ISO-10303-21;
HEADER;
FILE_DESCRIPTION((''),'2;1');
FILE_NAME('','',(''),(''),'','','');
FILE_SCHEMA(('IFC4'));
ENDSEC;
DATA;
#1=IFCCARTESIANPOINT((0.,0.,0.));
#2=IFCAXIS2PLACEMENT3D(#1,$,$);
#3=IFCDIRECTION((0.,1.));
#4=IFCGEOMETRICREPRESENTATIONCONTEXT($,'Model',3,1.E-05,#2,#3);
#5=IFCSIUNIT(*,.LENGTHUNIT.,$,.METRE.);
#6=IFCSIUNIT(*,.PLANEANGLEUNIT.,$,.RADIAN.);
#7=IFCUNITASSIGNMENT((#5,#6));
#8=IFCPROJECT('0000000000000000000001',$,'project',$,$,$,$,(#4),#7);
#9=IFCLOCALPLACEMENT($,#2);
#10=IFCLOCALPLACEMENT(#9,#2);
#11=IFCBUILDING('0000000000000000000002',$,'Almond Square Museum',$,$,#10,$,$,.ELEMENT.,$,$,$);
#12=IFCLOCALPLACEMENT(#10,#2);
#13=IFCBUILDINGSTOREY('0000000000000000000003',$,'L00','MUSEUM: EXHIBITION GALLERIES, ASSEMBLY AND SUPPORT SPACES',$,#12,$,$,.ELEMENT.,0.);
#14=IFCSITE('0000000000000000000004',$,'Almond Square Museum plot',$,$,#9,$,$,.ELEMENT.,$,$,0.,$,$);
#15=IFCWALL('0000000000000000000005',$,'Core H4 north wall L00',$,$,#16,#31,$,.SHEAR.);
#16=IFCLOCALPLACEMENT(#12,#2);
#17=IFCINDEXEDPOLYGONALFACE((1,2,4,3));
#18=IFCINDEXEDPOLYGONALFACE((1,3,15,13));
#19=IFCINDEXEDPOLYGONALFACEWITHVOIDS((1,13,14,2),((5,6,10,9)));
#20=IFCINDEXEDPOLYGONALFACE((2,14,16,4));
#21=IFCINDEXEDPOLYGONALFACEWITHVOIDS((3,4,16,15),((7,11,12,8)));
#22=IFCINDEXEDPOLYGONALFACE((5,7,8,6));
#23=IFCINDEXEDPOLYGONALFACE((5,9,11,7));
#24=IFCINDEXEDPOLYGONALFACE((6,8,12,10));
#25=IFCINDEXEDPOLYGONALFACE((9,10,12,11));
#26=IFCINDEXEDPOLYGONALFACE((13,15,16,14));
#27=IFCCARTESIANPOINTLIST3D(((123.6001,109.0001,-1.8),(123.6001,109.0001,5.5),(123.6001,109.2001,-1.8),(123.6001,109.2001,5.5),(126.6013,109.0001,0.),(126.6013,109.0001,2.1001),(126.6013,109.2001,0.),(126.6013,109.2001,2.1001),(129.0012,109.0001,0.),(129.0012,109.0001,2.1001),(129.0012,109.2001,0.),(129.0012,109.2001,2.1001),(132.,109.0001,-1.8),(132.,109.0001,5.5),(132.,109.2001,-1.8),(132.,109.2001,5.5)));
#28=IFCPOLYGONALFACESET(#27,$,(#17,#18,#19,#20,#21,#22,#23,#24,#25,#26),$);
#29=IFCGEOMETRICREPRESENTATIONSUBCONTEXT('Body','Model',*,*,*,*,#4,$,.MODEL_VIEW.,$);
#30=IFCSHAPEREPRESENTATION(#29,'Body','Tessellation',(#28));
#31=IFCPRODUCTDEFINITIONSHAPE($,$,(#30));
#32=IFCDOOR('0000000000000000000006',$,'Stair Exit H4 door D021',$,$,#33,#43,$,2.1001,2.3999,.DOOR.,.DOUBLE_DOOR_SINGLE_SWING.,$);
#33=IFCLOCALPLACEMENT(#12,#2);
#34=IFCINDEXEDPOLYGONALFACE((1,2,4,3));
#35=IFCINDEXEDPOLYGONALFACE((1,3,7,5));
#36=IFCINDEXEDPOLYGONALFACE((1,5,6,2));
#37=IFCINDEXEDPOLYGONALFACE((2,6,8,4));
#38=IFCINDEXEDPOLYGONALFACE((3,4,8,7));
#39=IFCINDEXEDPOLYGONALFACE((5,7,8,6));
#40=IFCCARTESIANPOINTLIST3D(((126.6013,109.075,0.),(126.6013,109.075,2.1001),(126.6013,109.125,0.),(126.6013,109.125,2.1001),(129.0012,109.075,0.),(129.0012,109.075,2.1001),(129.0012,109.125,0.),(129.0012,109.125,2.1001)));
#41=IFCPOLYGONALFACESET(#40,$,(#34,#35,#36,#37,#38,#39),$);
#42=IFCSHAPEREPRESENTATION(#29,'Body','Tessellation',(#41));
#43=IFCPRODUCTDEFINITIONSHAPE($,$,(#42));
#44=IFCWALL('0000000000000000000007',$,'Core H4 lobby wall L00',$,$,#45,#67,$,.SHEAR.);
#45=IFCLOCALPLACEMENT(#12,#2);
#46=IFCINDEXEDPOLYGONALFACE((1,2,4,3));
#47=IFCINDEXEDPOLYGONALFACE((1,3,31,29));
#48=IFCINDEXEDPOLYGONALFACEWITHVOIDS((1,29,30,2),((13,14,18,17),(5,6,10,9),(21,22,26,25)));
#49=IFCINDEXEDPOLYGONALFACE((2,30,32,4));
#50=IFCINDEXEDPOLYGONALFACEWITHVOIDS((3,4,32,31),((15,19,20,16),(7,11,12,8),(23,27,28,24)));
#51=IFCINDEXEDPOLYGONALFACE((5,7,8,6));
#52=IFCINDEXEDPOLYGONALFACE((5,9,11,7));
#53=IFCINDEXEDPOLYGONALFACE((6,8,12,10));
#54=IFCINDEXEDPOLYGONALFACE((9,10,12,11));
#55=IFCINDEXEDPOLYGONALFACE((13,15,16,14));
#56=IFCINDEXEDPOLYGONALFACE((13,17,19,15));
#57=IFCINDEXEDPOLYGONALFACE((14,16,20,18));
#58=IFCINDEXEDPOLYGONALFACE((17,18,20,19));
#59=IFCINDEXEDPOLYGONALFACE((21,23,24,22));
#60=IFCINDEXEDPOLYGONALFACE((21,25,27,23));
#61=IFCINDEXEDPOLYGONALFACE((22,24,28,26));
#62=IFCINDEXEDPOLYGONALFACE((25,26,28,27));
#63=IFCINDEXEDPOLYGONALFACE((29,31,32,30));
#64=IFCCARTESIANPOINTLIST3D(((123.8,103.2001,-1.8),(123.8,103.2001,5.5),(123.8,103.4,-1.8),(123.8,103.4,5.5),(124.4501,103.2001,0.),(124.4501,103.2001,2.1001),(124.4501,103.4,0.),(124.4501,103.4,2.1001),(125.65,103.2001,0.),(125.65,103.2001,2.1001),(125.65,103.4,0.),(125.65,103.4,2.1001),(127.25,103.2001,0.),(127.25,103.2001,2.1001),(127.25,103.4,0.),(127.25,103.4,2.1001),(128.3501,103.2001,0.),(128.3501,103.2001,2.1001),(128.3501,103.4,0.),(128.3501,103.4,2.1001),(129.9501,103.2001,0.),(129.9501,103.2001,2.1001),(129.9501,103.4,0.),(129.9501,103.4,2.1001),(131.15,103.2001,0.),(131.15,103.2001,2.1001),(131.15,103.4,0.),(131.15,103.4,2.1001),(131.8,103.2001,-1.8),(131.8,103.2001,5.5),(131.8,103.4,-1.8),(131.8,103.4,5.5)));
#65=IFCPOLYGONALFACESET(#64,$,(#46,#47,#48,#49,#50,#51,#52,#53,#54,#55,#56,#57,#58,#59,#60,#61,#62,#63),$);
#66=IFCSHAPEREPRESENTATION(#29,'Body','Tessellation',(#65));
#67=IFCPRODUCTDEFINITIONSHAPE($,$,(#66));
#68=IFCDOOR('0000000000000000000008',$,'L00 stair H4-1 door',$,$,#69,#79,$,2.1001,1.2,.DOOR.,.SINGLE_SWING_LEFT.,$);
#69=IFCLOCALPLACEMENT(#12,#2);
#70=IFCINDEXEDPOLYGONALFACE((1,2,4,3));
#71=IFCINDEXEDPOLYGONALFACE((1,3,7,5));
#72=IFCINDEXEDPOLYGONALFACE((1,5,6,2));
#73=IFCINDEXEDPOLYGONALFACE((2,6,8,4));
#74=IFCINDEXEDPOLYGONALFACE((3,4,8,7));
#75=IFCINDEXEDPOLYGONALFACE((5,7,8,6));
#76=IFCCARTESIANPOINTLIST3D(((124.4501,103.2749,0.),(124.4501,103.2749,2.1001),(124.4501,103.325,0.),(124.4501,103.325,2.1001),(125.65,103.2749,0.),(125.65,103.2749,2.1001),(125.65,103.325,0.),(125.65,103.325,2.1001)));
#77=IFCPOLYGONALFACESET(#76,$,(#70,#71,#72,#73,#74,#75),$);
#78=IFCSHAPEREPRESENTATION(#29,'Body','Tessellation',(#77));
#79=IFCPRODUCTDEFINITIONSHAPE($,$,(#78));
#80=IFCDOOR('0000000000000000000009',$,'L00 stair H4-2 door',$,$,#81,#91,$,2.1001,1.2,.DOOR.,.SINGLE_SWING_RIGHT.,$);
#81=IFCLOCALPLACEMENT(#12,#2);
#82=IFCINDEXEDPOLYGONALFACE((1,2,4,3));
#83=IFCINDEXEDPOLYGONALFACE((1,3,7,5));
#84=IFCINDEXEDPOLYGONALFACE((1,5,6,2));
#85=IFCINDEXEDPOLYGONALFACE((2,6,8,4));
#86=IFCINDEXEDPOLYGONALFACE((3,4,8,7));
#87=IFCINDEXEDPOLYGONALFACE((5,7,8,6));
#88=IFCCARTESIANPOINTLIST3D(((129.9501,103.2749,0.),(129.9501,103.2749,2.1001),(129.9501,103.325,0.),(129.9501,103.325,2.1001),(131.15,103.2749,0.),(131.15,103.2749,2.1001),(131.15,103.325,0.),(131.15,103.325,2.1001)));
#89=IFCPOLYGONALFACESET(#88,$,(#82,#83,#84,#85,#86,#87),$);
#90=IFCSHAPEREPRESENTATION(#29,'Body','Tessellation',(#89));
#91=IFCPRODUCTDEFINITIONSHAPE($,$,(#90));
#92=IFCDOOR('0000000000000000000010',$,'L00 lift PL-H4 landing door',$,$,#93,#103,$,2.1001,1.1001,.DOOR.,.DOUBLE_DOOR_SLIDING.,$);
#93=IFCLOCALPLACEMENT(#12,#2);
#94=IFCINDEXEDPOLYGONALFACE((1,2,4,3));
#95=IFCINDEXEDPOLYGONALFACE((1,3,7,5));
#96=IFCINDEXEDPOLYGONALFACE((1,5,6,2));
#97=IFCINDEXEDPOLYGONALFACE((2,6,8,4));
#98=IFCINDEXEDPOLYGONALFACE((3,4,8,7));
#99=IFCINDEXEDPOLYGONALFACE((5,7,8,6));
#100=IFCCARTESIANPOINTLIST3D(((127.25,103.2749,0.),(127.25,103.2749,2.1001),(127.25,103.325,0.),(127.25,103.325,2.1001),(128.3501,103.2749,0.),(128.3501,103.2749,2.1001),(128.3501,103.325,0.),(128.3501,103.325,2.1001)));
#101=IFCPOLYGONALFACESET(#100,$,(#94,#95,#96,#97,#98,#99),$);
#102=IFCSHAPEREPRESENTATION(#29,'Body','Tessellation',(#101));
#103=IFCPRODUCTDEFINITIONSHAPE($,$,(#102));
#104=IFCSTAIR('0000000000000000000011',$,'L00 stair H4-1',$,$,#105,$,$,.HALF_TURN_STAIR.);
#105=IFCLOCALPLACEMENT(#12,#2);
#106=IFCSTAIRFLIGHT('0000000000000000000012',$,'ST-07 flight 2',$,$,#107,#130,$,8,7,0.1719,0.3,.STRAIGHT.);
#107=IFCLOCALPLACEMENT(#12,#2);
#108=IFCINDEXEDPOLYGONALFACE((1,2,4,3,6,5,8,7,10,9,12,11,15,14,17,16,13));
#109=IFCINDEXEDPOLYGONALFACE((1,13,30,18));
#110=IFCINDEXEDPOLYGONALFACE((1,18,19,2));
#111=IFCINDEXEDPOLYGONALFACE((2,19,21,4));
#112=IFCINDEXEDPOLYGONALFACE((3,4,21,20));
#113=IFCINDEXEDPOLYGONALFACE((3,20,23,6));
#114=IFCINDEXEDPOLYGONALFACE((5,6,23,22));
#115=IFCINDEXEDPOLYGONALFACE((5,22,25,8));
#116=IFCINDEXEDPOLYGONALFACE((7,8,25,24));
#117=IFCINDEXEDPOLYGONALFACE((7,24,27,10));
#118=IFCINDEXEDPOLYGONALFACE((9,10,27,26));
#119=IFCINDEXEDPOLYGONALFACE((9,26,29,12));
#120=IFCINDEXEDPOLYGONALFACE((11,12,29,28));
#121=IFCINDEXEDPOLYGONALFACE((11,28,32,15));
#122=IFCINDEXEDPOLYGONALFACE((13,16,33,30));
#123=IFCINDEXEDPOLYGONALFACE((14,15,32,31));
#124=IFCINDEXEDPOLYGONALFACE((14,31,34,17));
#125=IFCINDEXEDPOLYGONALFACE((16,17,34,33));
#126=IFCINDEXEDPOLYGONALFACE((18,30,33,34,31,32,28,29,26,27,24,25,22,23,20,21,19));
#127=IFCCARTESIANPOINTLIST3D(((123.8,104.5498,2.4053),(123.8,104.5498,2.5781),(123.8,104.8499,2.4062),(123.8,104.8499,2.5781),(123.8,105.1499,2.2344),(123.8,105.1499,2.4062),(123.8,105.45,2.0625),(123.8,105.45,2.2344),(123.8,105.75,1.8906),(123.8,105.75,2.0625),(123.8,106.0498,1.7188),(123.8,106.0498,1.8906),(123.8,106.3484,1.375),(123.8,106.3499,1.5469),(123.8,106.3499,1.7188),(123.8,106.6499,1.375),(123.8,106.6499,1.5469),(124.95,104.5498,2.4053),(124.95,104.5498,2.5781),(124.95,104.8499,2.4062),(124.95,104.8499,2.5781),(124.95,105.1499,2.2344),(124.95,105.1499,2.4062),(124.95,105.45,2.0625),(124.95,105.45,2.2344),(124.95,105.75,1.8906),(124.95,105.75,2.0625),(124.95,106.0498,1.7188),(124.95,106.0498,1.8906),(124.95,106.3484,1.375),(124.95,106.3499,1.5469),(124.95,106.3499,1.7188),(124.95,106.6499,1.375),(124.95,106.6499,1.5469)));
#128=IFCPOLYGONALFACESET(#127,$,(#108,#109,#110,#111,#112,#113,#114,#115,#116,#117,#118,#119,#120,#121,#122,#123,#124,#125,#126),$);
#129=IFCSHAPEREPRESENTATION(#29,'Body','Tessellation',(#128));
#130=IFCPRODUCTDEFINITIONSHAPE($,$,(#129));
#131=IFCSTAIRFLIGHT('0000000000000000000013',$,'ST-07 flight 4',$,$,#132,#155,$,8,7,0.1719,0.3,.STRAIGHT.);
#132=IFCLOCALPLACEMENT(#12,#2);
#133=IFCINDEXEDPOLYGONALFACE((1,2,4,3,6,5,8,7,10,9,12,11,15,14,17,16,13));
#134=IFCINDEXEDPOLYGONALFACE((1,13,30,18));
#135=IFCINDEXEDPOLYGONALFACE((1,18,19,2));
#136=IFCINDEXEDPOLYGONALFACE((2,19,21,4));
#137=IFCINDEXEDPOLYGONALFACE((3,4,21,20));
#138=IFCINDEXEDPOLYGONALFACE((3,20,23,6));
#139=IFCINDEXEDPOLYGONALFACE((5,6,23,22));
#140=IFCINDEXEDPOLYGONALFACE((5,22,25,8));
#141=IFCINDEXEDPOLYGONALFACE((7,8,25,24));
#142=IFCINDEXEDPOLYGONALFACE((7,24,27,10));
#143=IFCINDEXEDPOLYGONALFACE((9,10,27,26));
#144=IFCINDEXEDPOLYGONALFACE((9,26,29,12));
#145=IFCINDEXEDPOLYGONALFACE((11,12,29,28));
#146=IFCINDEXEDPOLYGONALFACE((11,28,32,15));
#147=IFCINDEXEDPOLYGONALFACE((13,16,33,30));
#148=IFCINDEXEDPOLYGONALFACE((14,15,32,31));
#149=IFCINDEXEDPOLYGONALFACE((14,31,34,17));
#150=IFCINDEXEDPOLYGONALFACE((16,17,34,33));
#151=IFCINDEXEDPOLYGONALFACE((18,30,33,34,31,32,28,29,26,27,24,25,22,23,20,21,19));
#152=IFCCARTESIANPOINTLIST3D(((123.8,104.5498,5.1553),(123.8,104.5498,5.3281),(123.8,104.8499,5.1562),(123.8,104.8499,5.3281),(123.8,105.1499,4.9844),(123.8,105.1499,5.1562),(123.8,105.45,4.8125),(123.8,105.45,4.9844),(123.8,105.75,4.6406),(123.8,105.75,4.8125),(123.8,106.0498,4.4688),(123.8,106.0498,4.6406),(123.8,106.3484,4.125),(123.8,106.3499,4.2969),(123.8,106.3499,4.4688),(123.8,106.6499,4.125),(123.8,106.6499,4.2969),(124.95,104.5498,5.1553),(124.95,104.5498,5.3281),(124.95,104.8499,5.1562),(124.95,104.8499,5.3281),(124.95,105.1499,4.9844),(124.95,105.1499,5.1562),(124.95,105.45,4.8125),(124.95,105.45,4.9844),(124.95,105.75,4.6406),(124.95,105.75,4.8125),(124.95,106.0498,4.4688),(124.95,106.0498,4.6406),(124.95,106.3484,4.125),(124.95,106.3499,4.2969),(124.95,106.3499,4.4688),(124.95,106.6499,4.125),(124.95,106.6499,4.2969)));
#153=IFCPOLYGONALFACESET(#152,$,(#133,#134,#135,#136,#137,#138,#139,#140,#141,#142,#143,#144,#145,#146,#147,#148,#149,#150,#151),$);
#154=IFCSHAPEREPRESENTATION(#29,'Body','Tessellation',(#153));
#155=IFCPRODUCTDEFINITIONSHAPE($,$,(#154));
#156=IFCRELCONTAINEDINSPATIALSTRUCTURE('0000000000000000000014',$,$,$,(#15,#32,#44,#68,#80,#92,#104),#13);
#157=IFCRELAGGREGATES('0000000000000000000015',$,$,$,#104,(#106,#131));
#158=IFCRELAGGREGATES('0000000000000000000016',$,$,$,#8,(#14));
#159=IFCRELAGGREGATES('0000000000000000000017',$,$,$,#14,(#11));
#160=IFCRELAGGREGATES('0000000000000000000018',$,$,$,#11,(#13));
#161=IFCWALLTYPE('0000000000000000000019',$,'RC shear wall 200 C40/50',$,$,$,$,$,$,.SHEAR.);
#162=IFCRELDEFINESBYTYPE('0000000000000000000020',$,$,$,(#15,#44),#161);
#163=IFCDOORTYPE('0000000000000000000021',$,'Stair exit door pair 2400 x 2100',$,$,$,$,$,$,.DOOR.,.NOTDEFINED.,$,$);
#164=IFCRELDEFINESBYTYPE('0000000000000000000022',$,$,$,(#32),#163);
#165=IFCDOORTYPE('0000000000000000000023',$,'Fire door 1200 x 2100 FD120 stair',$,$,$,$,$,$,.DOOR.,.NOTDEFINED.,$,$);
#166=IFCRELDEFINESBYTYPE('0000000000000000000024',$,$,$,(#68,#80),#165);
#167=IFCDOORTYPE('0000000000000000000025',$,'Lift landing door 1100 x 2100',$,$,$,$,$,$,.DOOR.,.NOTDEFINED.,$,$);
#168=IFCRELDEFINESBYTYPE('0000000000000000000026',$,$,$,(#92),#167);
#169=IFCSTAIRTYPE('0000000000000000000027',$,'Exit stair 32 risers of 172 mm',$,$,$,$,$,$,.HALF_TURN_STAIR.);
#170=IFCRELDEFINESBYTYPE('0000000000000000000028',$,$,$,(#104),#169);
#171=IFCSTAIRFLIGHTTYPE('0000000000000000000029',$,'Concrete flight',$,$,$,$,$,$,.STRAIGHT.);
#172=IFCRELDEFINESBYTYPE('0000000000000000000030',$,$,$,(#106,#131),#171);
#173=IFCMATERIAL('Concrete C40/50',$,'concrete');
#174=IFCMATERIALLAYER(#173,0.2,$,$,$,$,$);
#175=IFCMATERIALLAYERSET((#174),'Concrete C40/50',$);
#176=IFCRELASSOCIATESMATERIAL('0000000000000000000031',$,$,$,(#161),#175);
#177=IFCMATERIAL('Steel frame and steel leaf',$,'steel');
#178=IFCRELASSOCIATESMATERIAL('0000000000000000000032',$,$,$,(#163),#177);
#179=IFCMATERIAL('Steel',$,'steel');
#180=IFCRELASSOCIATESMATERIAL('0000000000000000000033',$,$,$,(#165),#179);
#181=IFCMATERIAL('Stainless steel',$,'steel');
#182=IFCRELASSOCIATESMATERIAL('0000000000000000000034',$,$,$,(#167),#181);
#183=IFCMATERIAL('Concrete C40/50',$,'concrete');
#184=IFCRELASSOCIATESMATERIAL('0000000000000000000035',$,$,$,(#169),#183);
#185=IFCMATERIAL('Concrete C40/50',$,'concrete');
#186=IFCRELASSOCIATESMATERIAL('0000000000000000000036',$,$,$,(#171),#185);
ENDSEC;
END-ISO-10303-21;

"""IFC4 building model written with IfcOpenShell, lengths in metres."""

from ifc_helpers import new_model, si_unit, direction, frame, frame_2d, origin, place, context, subcontext, project, spatial, polyline, rectangle, outline, extrude, material, layer, layer_set, type_object, element, fill, aggregate, save


model = new_model("IFC4")

# Units and contexts
model_context = context("Model", 3, precision=1e-05, world=origin(), true_north=direction((0.0, 1.0)))
body_context = subcontext(model_context, "Body", "Model", "MODEL_VIEW")
ifc_project = project(units=[si_unit("LENGTHUNIT", "METRE"), si_unit("PLANEANGLEUNIT", "RADIAN")], contexts=[model_context])

# Site, building, storey
site_placement = place(None, origin())
site = spatial("IfcSite", under=ifc_project, at=site_placement, Name="Almond Square Museum plot", CompositionType="ELEMENT", RefElevation=0.0)
building_placement = place(site_placement, origin())
building = spatial("IfcBuilding", under=site, at=building_placement, Name="Almond Square Museum", CompositionType="ELEMENT")
storey_placement = place(building_placement, origin())
storey = spatial("IfcBuildingStorey", under=building, at=storey_placement, Name="L00", Description="MUSEUM: EXHIBITION GALLERIES, ASSEMBLY AND SUPPORT SPACES", CompositionType="ELEMENT", Elevation=0.0)

# Wall, opening, door
ifc_material_1 = material(Name="Concrete C40/50", Category="concrete")
ifc_layer_1 = layer(ifc_material_1, 0.2)
ifc_layer_set_1 = layer_set([ifc_layer_1], Name="Concrete C40/50")
wall_type_1 = type_object("IfcWallType", Name="RC shear wall 200 C40/50", PredefinedType="SHEAR", material=ifc_layer_set_1)
wall_1_placement = place(storey_placement, frame((123.6001, 109.1001, -1.8), z_axis=(0.0, 0.0, 1.0), x_axis=(1.0, 0.0, 0.0)))
wall_1 = element("IfcWall", 1, at=wall_1_placement, inside=storey, type_object=wall_type_1, Name="Core H4 north wall L00", PredefinedType="SHEAR", context=body_context, shape_type="SweptSolid", body=[
    extrude(rectangle(XDim=8.3999, YDim=0.2, at=frame_2d((4.2, 0.0))), origin(), (0.0, 0.0, 1.0), 7.3),
])
opening_1_placement = place(wall_1_placement, frame((3.0012, 0.0, 1.8)))
opening_1 = element("IfcOpeningElement", 2, at=opening_1_placement, cuts=wall_1, PredefinedType="OPENING", context=body_context, shape_type="SweptSolid", body=[
    extrude(rectangle(XDim=2.3999, YDim=2.1001, at=frame_2d((1.2, 1.05))), frame((0.0, 0.1099, 0.0), z_axis=(0.0, -1.0, 0.0), x_axis=(1.0, 0.0, 0.0)), (0.0, 0.0, 1.0), 0.22),
])
ifc_material_2 = material(Name="Steel frame and steel leaf", Category="steel")
door_type_1 = type_object("IfcDoorType", Name="Stair exit door pair 2400 x 2100", OperationType="NOTDEFINED", PredefinedType="DOOR", material=ifc_material_2)
door_1_placement = place(opening_1_placement, origin())
door_1 = element("IfcDoor", 3, at=door_1_placement, inside=storey, type_object=door_type_1, Name="Stair Exit H4 door D021", OperationType="DOUBLE_DOOR_SINGLE_SWING", OverallHeight=2.1001, OverallWidth=2.3999, PredefinedType="DOOR", context=body_context, shape_type="SweptSolid", body=[
    extrude(rectangle(XDim=2.3999, YDim=2.1001, at=frame_2d((1.2, 1.05))), frame((0.0, 0.0249, 0.0), z_axis=(0.0, -1.0, 0.0), x_axis=(1.0, 0.0, 0.0)), (0.0, 0.0, 1.0), 0.05),
])
fill(opening_1, door_1)

# Wall, openings, doors
wall_2_placement = place(storey_placement, frame((123.8, 103.3, -1.8), z_axis=(0.0, 0.0, 1.0), x_axis=(1.0, 0.0, 0.0)))
wall_2 = element("IfcWall", 4, at=wall_2_placement, inside=storey, type_object=wall_type_1, Name="Core H4 lobby wall L00", PredefinedType="SHEAR", context=body_context, shape_type="SweptSolid", body=[
    extrude(rectangle(XDim=8.0, YDim=0.2, at=frame_2d((4.0, 0.0))), origin(), (0.0, 0.0, 1.0), 7.3),
])
opening_2_placement = place(wall_2_placement, frame((0.6499, 0.0, 1.8)))
opening_2 = element("IfcOpeningElement", 5, at=opening_2_placement, cuts=wall_2, PredefinedType="OPENING", context=body_context, shape_type="SweptSolid", body=[
    extrude(rectangle(XDim=1.2, YDim=2.1001, at=frame_2d((0.6001, 1.05))), frame((0.0, 0.1099, 0.0), z_axis=(0.0, -1.0, 0.0), x_axis=(1.0, 0.0, 0.0)), (0.0, 0.0, 1.0), 0.22),
])
opening_3_placement = place(wall_2_placement, frame((6.1499, 0.0, 1.8)))
opening_3 = element("IfcOpeningElement", 6, at=opening_3_placement, cuts=wall_2, PredefinedType="OPENING", context=body_context, shape_type="SweptSolid", body=[
    extrude(rectangle(XDim=1.2, YDim=2.1001, at=frame_2d((0.6001, 1.05))), frame((0.0, 0.1099, 0.0), z_axis=(0.0, -1.0, 0.0), x_axis=(1.0, 0.0, 0.0)), (0.0, 0.0, 1.0), 0.22),
])
opening_4_placement = place(wall_2_placement, frame((3.45, 0.0, 1.8)))
opening_4 = element("IfcOpeningElement", 7, at=opening_4_placement, cuts=wall_2, PredefinedType="OPENING", context=body_context, shape_type="SweptSolid", body=[
    extrude(rectangle(XDim=1.1001, YDim=2.1001, at=frame_2d((0.55, 1.05))), frame((0.0, 0.1099, 0.0), z_axis=(0.0, -1.0, 0.0), x_axis=(1.0, 0.0, 0.0)), (0.0, 0.0, 1.0), 0.22),
])
ifc_material_3 = material(Name="Steel", Category="steel")
door_type_2 = type_object("IfcDoorType", Name="Fire door 1200 x 2100 FD120 stair", OperationType="NOTDEFINED", PredefinedType="DOOR", material=ifc_material_3)
door_2_placement = place(opening_2_placement, origin())
door_2 = element("IfcDoor", 8, at=door_2_placement, inside=storey, type_object=door_type_2, Name="L00 stair H4-1 door", OperationType="SINGLE_SWING_LEFT", OverallHeight=2.1001, OverallWidth=1.2, PredefinedType="DOOR", context=body_context, shape_type="SweptSolid", body=[
    extrude(rectangle(XDim=1.2, YDim=2.1001, at=frame_2d((0.6001, 1.05))), frame((0.0, 0.0249, 0.0), z_axis=(0.0, -1.0, 0.0), x_axis=(1.0, 0.0, 0.0)), (0.0, 0.0, 1.0), 0.05),
])
fill(opening_2, door_2)
door_3_placement = place(opening_3_placement, origin())
door_3 = element("IfcDoor", 9, at=door_3_placement, inside=storey, type_object=door_type_2, Name="L00 stair H4-2 door", OperationType="SINGLE_SWING_RIGHT", OverallHeight=2.1001, OverallWidth=1.2, PredefinedType="DOOR", context=body_context, shape_type="SweptSolid", body=[
    extrude(rectangle(XDim=1.2, YDim=2.1001, at=frame_2d((0.6001, 1.05))), frame((0.0, 0.0249, 0.0), z_axis=(0.0, -1.0, 0.0), x_axis=(1.0, 0.0, 0.0)), (0.0, 0.0, 1.0), 0.05),
])
fill(opening_3, door_3)
ifc_material_4 = material(Name="Stainless steel", Category="steel")
door_type_3 = type_object("IfcDoorType", Name="Lift landing door 1100 x 2100", OperationType="NOTDEFINED", PredefinedType="DOOR", material=ifc_material_4)
door_4_placement = place(opening_4_placement, origin())
door_4 = element("IfcDoor", 10, at=door_4_placement, inside=storey, type_object=door_type_3, Name="L00 lift PL-H4 landing door", OperationType="DOUBLE_DOOR_SLIDING", OverallHeight=2.1001, OverallWidth=1.1001, PredefinedType="DOOR", context=body_context, shape_type="SweptSolid", body=[
    extrude(rectangle(XDim=1.1001, YDim=2.1001, at=frame_2d((0.55, 1.05))), frame((0.0, 0.0249, 0.0), z_axis=(0.0, -1.0, 0.0), x_axis=(1.0, 0.0, 0.0)), (0.0, 0.0, 1.0), 0.05),
])
fill(opening_4, door_4)

# Stair, stair flights
ifc_material_5 = material(Name="Concrete C40/50", Category="concrete")
stair_type = type_object("IfcStairType", Name="Exit stair 32 risers of 172 mm", PredefinedType="HALF_TURN_STAIR", material=ifc_material_5)
stair_placement = place(storey_placement, origin())
stair = element("IfcStair", 11, at=stair_placement, inside=storey, type_object=stair_type, Name="L00 stair H4-1", PredefinedType="HALF_TURN_STAIR")
ifc_material_6 = material(Name="Concrete C40/50", Category="concrete")
stair_flight_type = type_object("IfcStairFlightType", Name="Concrete flight", PredefinedType="STRAIGHT", material=ifc_material_6)
stair_flight_1_placement = place(storey_placement, frame((124.375, 106.6499, 1.375), z_axis=(0.0, 0.0, 1.0), x_axis=(0.0, -1.0, 0.0)))
stair_flight_1 = element("IfcStairFlight", 12, at=stair_flight_1_placement, type_object=stair_flight_type, Name="ST-07 flight 2", NumberOfRisers=8, NumberOfTreads=7, PredefinedType="STRAIGHT", RiserHeight=0.1719, TreadLength=0.3, context=body_context, shape_type="SweptSolid", body=[
    extrude(outline(polyline([(0.0, 0.0), (0.0, 0.1719), (0.3, 0.1719), (0.3, 0.3438), (0.6001, 0.3438), (0.6001, 0.5156), (0.8999, 0.5156), (0.8999, 0.6875), (1.2, 0.6875), (1.2, 0.8594), (1.5, 0.8594), (1.5, 1.0312), (1.8, 1.0312), (1.8, 1.2031), (2.1001, 1.2031), (2.1001, 1.375), (2.1001, 1.0303), (0.3015, 0.0), (0.0, 0.0)])), frame((0.0, 0.575, 0.0), z_axis=(0.0, -1.0, 0.0), x_axis=(1.0, 0.0, 0.0)), (0.0, 0.0, 1.0), 1.1499),
])
stair_flight_2_placement = place(storey_placement, frame((124.375, 106.6499, 4.125), z_axis=(0.0, 0.0, 1.0), x_axis=(0.0, -1.0, 0.0)))
stair_flight_2 = element("IfcStairFlight", 13, at=stair_flight_2_placement, type_object=stair_flight_type, Name="ST-07 flight 4", NumberOfRisers=8, NumberOfTreads=7, PredefinedType="STRAIGHT", RiserHeight=0.1719, TreadLength=0.3, context=body_context, shape_type="SweptSolid", body=[
    extrude(outline(polyline([(0.0, 0.0), (0.0, 0.1719), (0.3, 0.1719), (0.3, 0.3438), (0.6001, 0.3438), (0.6001, 0.5156), (0.8999, 0.5156), (0.8999, 0.6875), (1.2, 0.6875), (1.2, 0.8594), (1.5, 0.8594), (1.5, 1.0312), (1.8, 1.0312), (1.8, 1.2031), (2.1001, 1.2031), (2.1001, 1.375), (2.1001, 1.0303), (0.3015, 0.0), (0.0, 0.0)])), frame((0.0, 0.575, 0.0), z_axis=(0.0, -1.0, 0.0), x_axis=(1.0, 0.0, 0.0)), (0.0, 0.0, 1.0), 1.1499),
])
aggregate(stair, [stair_flight_1, stair_flight_2])

save(model, "model.ifc")
